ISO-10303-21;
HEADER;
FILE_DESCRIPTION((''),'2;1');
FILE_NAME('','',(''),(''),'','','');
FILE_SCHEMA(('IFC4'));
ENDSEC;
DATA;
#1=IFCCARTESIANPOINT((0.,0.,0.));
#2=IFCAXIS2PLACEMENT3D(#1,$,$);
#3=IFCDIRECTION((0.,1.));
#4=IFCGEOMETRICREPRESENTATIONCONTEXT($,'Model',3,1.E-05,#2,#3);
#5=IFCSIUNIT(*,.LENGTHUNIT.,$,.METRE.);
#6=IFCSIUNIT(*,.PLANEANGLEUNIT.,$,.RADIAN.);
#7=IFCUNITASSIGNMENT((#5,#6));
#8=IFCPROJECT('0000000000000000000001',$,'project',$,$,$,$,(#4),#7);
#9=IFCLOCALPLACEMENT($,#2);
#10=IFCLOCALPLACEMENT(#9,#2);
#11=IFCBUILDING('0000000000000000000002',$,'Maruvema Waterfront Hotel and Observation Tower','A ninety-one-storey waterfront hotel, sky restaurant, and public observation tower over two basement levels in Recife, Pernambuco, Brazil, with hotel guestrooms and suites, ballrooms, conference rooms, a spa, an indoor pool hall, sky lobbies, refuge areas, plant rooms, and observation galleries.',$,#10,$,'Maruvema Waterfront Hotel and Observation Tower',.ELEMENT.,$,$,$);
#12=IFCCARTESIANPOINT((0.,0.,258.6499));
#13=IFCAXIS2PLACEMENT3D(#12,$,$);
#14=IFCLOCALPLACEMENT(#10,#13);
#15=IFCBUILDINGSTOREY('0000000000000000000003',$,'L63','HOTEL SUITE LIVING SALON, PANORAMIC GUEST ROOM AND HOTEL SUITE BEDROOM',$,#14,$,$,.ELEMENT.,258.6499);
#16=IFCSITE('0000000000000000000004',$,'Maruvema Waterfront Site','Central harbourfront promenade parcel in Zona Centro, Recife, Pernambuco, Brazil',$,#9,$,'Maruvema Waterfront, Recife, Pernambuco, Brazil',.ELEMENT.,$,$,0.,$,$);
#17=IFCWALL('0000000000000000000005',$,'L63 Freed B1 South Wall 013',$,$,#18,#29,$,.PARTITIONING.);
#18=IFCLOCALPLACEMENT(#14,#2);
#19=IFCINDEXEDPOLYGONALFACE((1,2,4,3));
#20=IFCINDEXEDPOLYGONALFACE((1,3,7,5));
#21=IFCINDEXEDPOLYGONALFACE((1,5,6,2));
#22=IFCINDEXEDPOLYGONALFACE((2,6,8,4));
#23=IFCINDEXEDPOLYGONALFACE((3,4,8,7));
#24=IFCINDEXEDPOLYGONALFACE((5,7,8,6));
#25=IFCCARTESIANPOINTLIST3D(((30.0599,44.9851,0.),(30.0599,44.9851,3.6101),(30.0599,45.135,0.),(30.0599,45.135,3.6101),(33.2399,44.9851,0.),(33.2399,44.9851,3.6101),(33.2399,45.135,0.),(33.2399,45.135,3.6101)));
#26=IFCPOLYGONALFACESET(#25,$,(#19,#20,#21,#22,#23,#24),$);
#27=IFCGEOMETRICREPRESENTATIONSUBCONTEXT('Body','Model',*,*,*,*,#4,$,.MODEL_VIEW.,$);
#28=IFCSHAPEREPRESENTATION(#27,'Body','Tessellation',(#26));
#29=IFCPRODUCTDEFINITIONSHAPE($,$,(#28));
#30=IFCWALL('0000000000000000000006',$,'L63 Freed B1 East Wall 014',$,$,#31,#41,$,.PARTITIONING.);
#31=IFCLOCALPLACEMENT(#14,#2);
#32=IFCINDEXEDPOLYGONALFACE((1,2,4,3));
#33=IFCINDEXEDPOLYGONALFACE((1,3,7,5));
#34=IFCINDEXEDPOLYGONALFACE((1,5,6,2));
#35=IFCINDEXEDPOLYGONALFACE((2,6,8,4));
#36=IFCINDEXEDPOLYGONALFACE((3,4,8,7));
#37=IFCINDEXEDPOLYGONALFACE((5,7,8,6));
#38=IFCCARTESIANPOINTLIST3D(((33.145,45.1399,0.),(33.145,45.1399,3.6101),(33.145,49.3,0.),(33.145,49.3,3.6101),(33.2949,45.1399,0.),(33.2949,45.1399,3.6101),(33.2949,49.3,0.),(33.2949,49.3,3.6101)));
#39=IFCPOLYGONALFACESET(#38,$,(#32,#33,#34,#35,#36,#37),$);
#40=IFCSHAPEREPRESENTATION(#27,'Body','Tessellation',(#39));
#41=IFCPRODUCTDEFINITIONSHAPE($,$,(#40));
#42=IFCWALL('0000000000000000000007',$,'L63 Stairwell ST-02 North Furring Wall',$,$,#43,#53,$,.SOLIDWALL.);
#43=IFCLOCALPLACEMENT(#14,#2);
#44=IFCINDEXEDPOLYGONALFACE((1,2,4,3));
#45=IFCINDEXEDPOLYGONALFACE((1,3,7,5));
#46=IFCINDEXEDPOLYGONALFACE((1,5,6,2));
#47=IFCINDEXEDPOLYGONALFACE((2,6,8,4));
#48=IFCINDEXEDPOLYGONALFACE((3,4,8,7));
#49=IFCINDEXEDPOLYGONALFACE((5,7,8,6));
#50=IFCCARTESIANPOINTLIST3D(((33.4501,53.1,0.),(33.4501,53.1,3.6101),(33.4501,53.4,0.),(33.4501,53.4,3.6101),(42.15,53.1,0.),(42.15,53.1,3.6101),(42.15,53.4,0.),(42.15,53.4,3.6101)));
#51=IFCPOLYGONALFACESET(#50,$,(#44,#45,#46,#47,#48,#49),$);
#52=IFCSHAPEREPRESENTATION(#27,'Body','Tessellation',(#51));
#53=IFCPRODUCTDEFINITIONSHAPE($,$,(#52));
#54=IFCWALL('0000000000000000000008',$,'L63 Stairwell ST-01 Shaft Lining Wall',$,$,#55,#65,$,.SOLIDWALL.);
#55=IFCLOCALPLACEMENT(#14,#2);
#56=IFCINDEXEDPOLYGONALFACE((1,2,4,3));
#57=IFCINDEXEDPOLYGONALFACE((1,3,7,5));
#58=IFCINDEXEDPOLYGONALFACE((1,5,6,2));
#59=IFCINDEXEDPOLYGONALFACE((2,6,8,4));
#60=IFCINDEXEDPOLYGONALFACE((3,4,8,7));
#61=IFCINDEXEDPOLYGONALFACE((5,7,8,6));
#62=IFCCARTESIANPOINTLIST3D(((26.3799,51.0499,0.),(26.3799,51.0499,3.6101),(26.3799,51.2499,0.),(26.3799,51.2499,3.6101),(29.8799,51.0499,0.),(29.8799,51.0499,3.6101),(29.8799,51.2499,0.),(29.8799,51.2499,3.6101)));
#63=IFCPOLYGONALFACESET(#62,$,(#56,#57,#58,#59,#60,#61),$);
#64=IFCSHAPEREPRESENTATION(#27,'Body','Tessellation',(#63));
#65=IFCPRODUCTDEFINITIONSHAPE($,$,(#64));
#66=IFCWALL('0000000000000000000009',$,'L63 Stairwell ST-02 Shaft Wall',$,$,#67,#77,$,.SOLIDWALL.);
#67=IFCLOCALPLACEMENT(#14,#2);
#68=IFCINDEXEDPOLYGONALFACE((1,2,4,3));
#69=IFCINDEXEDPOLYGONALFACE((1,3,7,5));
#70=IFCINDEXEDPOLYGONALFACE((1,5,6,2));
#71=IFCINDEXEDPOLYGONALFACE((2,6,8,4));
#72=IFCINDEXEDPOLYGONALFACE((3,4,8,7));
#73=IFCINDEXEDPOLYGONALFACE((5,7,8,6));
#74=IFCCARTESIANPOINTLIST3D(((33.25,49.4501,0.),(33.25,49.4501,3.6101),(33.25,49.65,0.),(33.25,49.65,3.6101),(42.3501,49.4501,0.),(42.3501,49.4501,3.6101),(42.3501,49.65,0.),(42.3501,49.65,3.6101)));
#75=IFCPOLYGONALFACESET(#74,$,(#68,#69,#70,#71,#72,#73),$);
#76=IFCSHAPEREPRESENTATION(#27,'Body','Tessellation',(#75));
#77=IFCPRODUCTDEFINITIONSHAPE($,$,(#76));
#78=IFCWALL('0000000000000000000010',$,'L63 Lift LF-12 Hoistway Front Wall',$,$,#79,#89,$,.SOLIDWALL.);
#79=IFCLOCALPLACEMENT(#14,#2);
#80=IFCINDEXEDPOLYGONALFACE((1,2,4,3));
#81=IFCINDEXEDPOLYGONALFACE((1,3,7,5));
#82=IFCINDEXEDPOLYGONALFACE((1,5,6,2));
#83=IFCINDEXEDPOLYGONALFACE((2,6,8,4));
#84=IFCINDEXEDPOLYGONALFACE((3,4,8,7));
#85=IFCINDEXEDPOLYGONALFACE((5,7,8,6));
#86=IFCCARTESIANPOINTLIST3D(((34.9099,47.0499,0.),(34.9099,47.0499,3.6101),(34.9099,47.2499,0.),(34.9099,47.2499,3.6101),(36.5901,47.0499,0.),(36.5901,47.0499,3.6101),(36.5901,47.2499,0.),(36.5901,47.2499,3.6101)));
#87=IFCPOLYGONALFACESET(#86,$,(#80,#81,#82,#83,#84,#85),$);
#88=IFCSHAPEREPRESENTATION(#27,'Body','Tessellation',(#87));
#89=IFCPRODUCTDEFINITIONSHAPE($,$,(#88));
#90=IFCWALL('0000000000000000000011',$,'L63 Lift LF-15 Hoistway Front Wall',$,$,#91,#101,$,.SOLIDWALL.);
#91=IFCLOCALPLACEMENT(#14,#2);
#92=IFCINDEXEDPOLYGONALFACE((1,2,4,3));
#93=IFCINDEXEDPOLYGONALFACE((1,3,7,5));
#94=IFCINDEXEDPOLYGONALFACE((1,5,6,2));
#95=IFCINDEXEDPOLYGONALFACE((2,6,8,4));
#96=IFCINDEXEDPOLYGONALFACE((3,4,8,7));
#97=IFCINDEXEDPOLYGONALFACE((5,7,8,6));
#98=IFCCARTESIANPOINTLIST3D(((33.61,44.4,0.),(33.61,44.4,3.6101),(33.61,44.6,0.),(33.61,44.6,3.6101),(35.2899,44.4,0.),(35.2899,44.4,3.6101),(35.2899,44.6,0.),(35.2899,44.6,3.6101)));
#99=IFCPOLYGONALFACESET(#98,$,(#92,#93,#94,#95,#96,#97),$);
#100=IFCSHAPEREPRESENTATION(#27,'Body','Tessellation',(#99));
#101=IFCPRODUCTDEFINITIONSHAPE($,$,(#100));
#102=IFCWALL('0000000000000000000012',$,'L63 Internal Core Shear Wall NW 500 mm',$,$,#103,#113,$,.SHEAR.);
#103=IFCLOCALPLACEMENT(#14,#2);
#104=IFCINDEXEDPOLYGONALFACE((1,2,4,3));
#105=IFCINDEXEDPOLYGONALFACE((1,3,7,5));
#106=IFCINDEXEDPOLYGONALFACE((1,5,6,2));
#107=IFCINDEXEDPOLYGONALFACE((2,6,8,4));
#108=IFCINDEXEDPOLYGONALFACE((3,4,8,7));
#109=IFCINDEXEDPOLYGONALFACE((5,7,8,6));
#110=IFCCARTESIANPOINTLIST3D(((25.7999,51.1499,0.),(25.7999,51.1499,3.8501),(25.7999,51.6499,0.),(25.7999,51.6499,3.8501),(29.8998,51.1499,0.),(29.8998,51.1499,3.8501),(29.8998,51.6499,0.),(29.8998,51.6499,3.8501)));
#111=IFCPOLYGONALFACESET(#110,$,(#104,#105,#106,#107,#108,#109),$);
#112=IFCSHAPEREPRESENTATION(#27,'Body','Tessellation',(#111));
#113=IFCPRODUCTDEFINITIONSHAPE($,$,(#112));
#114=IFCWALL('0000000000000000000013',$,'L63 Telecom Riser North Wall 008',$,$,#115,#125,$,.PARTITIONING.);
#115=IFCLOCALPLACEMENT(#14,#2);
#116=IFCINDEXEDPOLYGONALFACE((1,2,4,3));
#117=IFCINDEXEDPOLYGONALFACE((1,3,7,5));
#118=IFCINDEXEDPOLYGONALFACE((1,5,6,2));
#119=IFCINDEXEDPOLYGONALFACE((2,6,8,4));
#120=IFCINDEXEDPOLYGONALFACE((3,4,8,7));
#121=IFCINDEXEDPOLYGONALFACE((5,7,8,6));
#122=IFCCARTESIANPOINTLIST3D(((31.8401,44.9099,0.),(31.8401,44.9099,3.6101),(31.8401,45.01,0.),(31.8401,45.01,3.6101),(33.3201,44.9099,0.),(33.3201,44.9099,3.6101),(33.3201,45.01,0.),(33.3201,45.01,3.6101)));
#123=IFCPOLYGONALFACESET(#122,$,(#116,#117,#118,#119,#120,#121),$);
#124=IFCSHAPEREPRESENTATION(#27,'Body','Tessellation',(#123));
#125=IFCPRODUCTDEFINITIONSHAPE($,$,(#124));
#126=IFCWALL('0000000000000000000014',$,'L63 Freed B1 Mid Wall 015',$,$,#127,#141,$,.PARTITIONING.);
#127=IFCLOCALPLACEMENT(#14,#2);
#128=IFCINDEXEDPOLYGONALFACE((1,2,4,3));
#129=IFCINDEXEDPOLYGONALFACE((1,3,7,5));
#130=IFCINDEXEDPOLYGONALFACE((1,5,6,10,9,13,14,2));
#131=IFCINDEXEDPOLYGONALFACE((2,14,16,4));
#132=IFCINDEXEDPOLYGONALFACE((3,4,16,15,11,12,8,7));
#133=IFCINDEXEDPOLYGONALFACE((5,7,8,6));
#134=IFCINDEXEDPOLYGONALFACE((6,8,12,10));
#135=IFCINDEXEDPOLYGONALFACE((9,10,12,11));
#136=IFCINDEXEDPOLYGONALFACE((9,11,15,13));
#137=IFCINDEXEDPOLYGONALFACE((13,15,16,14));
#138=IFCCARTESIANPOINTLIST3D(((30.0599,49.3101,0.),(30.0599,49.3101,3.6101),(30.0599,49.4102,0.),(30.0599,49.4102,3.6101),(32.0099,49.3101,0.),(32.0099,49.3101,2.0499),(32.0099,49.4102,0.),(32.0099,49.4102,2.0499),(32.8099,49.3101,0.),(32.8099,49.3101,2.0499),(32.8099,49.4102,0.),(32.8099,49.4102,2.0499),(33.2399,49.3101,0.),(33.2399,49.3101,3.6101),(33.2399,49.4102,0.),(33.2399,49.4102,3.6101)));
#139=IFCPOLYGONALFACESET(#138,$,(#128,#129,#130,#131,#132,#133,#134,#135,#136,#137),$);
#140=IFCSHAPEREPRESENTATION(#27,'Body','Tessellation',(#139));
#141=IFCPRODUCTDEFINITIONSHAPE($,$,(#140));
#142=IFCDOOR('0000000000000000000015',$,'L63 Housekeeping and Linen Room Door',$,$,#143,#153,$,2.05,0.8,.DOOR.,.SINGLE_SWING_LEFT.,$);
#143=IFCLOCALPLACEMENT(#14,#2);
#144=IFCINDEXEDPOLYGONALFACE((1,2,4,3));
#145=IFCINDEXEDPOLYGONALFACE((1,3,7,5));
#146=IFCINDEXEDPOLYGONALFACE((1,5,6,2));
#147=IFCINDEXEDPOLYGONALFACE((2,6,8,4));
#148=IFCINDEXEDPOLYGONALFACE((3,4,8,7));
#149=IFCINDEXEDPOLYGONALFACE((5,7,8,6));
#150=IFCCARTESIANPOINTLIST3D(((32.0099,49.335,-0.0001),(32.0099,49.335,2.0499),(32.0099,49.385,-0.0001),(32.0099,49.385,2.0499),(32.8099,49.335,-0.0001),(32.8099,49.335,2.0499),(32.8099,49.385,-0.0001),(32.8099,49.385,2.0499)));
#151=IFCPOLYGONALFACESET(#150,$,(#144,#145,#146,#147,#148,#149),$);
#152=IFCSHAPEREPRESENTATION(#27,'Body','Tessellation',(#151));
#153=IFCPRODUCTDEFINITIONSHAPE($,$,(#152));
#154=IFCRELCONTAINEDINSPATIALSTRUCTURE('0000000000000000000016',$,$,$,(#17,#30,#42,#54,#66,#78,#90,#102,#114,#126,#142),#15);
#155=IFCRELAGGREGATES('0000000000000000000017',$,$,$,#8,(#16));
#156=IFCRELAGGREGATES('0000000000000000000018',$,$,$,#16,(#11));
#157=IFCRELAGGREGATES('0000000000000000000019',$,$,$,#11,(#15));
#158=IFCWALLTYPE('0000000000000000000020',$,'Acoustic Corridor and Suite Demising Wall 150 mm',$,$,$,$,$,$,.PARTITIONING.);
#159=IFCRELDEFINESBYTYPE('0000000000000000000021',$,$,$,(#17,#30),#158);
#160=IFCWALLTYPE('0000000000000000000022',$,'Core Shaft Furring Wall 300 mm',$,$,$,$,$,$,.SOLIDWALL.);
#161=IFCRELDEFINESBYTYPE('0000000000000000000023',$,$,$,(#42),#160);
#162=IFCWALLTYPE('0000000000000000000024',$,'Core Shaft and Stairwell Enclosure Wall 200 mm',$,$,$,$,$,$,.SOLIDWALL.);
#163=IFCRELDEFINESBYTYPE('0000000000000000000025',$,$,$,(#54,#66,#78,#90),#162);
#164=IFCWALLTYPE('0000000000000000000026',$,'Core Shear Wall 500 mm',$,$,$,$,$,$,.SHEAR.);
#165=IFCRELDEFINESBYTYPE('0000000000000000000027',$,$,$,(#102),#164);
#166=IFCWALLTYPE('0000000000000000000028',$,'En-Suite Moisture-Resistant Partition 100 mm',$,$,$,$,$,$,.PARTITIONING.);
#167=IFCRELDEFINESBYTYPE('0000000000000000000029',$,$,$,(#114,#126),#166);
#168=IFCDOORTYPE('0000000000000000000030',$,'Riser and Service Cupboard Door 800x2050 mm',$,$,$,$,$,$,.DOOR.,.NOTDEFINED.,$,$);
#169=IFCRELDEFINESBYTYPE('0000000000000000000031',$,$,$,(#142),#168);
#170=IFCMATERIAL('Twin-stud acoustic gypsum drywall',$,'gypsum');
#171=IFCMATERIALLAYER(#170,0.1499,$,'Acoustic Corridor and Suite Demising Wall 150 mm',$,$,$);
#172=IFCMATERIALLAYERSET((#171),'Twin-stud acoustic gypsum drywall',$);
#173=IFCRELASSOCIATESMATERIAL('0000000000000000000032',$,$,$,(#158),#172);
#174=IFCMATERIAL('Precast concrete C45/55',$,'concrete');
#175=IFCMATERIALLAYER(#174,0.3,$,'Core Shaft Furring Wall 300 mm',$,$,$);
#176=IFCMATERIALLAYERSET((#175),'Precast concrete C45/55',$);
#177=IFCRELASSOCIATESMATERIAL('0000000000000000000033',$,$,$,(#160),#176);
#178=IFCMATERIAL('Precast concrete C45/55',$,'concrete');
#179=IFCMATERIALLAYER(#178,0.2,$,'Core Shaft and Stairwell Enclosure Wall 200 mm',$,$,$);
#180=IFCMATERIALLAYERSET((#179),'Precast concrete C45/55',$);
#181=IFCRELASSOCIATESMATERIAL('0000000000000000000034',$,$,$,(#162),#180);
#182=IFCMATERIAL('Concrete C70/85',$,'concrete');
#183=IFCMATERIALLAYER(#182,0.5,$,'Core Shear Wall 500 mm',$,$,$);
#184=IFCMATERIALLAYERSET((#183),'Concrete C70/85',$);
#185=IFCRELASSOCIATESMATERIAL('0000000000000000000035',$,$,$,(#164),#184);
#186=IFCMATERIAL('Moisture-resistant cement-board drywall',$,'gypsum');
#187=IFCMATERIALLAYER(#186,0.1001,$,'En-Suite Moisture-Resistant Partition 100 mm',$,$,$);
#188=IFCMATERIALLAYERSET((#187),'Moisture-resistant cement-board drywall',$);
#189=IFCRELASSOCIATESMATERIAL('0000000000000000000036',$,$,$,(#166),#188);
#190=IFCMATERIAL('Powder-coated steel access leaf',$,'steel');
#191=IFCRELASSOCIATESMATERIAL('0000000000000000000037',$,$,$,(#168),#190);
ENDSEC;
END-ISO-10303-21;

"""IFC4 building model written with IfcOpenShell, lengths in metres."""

from ifc_helpers import new_model, si_unit, direction, frame, frame_2d, origin, place, context, subcontext, project, spatial, rectangle, extrude, material, layer, layer_set, type_object, element, fill, save


model = new_model("IFC4")

# Units and contexts
model_context = context("Model", 3, precision=1e-05, world=origin(), true_north=direction((0.0, 1.0)))
body_context = subcontext(model_context, "Body", "Model", "MODEL_VIEW")
ifc_project = project(units=[si_unit("LENGTHUNIT", "METRE"), si_unit("PLANEANGLEUNIT", "RADIAN")], contexts=[model_context])

# Site, building, storey
site_placement = place(None, origin())
site = spatial("IfcSite", under=ifc_project, at=site_placement, Name="Maruvema Waterfront Site", Description="Central harbourfront promenade parcel in Zona Centro, Recife, Pernambuco, Brazil", LongName="Maruvema Waterfront, Recife, Pernambuco, Brazil", CompositionType="ELEMENT", RefElevation=0.0)
building_placement = place(site_placement, origin())
building = spatial("IfcBuilding", under=site, at=building_placement, Name="Maruvema Waterfront Hotel and Observation Tower", Description="A ninety-one-storey waterfront hotel, sky restaurant, and public observation tower over two basement levels in Recife, Pernambuco, Brazil, with hotel guestrooms and suites, ballrooms, conference rooms, a spa, an indoor pool hall, sky lobbies, refuge areas, plant rooms, and observation galleries.", LongName="Maruvema Waterfront Hotel and Observation Tower", CompositionType="ELEMENT")
storey_placement = place(building_placement, frame((0.0, 0.0, 258.6499)))
storey = spatial("IfcBuildingStorey", under=building, at=storey_placement, Name="L63", Description="HOTEL SUITE LIVING SALON, PANORAMIC GUEST ROOM AND HOTEL SUITE BEDROOM", CompositionType="ELEMENT", Elevation=258.6499)

# Walls
ifc_material_1 = material(Name="Twin-stud acoustic gypsum drywall", Category="gypsum")
ifc_layer_1 = layer(ifc_material_1, 0.1499, Name="Acoustic Corridor and Suite Demising Wall 150 mm")
ifc_layer_set_1 = layer_set([ifc_layer_1], Name="Twin-stud acoustic gypsum drywall")
wall_type_1 = type_object("IfcWallType", Name="Acoustic Corridor and Suite Demising Wall 150 mm", PredefinedType="PARTITIONING", material=ifc_layer_set_1)
wall_1_placement = place(storey_placement, frame((30.0601, 45.0601, 0.0), z_axis=(0.0, 0.0, 1.0), x_axis=(1.0, 0.0, 0.0)))
element("IfcWall", 1, at=wall_1_placement, inside=storey, type_object=wall_type_1, Name="L63 Freed B1 South Wall 013", PredefinedType="PARTITIONING", context=body_context, shape_type="SweptSolid", body=[
    extrude(rectangle(XDim=3.1799, YDim=0.1499, at=frame_2d((1.5898, 0.0))), origin(), (0.0, 0.0, 1.0), 3.6101),
])
wall_2_placement = place(storey_placement, frame((33.22, 45.1399, 0.0), z_axis=(0.0, 0.0, 1.0), x_axis=(0.0, 1.0, 0.0)))
element("IfcWall", 2, at=wall_2_placement, inside=storey, type_object=wall_type_1, Name="L63 Freed B1 East Wall 014", PredefinedType="PARTITIONING", context=body_context, shape_type="SweptSolid", body=[
    extrude(rectangle(XDim=4.1602, YDim=0.1499, at=frame_2d((2.0801, 0.0))), origin(), (0.0, 0.0, 1.0), 3.6101),
])
ifc_material_2 = material(Name="Precast concrete C45/55", Category="concrete")
ifc_layer_2 = layer(ifc_material_2, 0.3, Name="Core Shaft Furring Wall 300 mm")
ifc_layer_set_2 = layer_set([ifc_layer_2], Name="Precast concrete C45/55")
wall_type_2 = type_object("IfcWallType", Name="Core Shaft Furring Wall 300 mm", PredefinedType="SOLIDWALL", material=ifc_layer_set_2)
wall_3_placement = place(storey_placement, frame((33.45, 53.25, 0.0), z_axis=(0.0, 0.0, 1.0), x_axis=(1.0, 0.0, 0.0)))
element("IfcWall", 3, at=wall_3_placement, inside=storey, type_object=wall_type_2, Name="L63 Stairwell ST-02 North Furring Wall", PredefinedType="SOLIDWALL", context=body_context, shape_type="SweptSolid", body=[
    extrude(rectangle(XDim=8.7, YDim=0.3, at=frame_2d((4.3501, 0.0))), origin(), (0.0, 0.0, 1.0), 3.6101),
])
ifc_material_3 = material(Name="Precast concrete C45/55", Category="concrete")
ifc_layer_3 = layer(ifc_material_3, 0.2, Name="Core Shaft and Stairwell Enclosure Wall 200 mm")
ifc_layer_set_3 = layer_set([ifc_layer_3], Name="Precast concrete C45/55")
wall_type_3 = type_object("IfcWallType", Name="Core Shaft and Stairwell Enclosure Wall 200 mm", PredefinedType="SOLIDWALL", material=ifc_layer_set_3)
wall_4_placement = place(storey_placement, frame((26.3799, 51.1499, 0.0), z_axis=(0.0, 0.0, 1.0), x_axis=(1.0, 0.0, 0.0)))
element("IfcWall", 4, at=wall_4_placement, inside=storey, type_object=wall_type_3, Name="L63 Stairwell ST-01 Shaft Lining Wall", PredefinedType="SOLIDWALL", context=body_context, shape_type="SweptSolid", body=[
    extrude(rectangle(XDim=3.5, YDim=0.2, at=frame_2d((1.75, 0.0))), origin(), (0.0, 0.0, 1.0), 3.6101),
])
wall_5_placement = place(storey_placement, frame((33.25, 49.55, 0.0), z_axis=(0.0, 0.0, 1.0), x_axis=(1.0, 0.0, 0.0)))
element("IfcWall", 5, at=wall_5_placement, inside=storey, type_object=wall_type_3, Name="L63 Stairwell ST-02 Shaft Wall", PredefinedType="SOLIDWALL", context=body_context, shape_type="SweptSolid", body=[
    extrude(rectangle(XDim=9.1001, YDim=0.2, at=frame_2d((4.55, 0.0))), origin(), (0.0, 0.0, 1.0), 3.6101),
])

# Walls
wall_6_placement = place(storey_placement, frame((34.9099, 47.1499, 0.0), z_axis=(0.0, 0.0, 1.0), x_axis=(1.0, 0.0, 0.0)))
element("IfcWall", 6, at=wall_6_placement, inside=storey, type_object=wall_type_3, Name="L63 Lift LF-12 Hoistway Front Wall", PredefinedType="SOLIDWALL", context=body_context, shape_type="SweptSolid", body=[
    extrude(rectangle(XDim=1.6802, YDim=0.2, at=frame_2d((0.8401, 0.0))), origin(), (0.0, 0.0, 1.0), 3.6101),
])
wall_7_placement = place(storey_placement, frame((33.6101, 44.5, 0.0), z_axis=(0.0, 0.0, 1.0), x_axis=(1.0, 0.0, 0.0)))
element("IfcWall", 7, at=wall_7_placement, inside=storey, type_object=wall_type_3, Name="L63 Lift LF-15 Hoistway Front Wall", PredefinedType="SOLIDWALL", context=body_context, shape_type="SweptSolid", body=[
    extrude(rectangle(XDim=1.6799, YDim=0.2, at=frame_2d((0.8398, 0.0))), origin(), (0.0, 0.0, 1.0), 3.6101),
])
ifc_material_4 = material(Name="Concrete C70/85", Category="concrete")
ifc_layer_4 = layer(ifc_material_4, 0.5, Name="Core Shear Wall 500 mm")
ifc_layer_set_4 = layer_set([ifc_layer_4], Name="Concrete C70/85")
wall_type_4 = type_object("IfcWallType", Name="Core Shear Wall 500 mm", PredefinedType="SHEAR", material=ifc_layer_set_4)
wall_8_placement = place(storey_placement, frame((25.8, 51.3999, 0.0), z_axis=(0.0, 0.0, 1.0), x_axis=(1.0, 0.0, 0.0)))
element("IfcWall", 8, at=wall_8_placement, inside=storey, type_object=wall_type_4, Name="L63 Internal Core Shear Wall NW 500 mm", PredefinedType="SHEAR", context=body_context, shape_type="SweptSolid", body=[
    extrude(rectangle(XDim=4.0999, YDim=0.5, at=frame_2d((2.0498, 0.0))), origin(), (0.0, 0.0, 1.0), 3.8501),
])
ifc_material_5 = material(Name="Moisture-resistant cement-board drywall", Category="gypsum")
ifc_layer_5 = layer(ifc_material_5, 0.1001, Name="En-Suite Moisture-Resistant Partition 100 mm")
ifc_layer_set_5 = layer_set([ifc_layer_5], Name="Moisture-resistant cement-board drywall")
wall_type_5 = type_object("IfcWallType", Name="En-Suite Moisture-Resistant Partition 100 mm", PredefinedType="PARTITIONING", material=ifc_layer_set_5)
wall_9_placement = place(storey_placement, frame((31.8401, 44.96, 0.0), z_axis=(0.0, 0.0, 1.0), x_axis=(1.0, 0.0, 0.0)))
element("IfcWall", 9, at=wall_9_placement, inside=storey, type_object=wall_type_5, Name="L63 Telecom Riser North Wall 008", PredefinedType="PARTITIONING", context=body_context, shape_type="SweptSolid", body=[
    extrude(rectangle(XDim=1.48, YDim=0.1001, at=frame_2d((0.74, 0.0))), origin(), (0.0, 0.0, 1.0), 3.6101),
])

# Wall, opening, door
wall_10_placement = place(storey_placement, frame((30.0601, 49.3601, 0.0), z_axis=(0.0, 0.0, 1.0), x_axis=(1.0, 0.0, 0.0)))
wall_10 = element("IfcWall", 10, at=wall_10_placement, inside=storey, type_object=wall_type_5, Name="L63 Freed B1 Mid Wall 015", PredefinedType="PARTITIONING", context=body_context, shape_type="SweptSolid", body=[
    extrude(rectangle(XDim=3.1799, YDim=0.1001, at=frame_2d((1.5898, 0.0))), origin(), (0.0, 0.0, 1.0), 3.6101),
])
opening_1_placement = place(wall_10_placement, frame((1.95, 0.0, 0.0)))
opening_1 = element("IfcOpeningElement", 11, at=opening_1_placement, cuts=wall_10, PredefinedType="OPENING", context=body_context, shape_type="SweptSolid", body=[
    extrude(rectangle(XDim=0.8, YDim=2.05, at=frame_2d((0.3999, 1.0249))), frame((0.0, 0.0601, 0.0), z_axis=(0.0, -1.0, 0.0), x_axis=(1.0, 0.0, 0.0)), (0.0, 0.0, 1.0), 0.1201),
])
ifc_material_6 = material(Name="Powder-coated steel access leaf", Category="steel")
door_type_1 = type_object("IfcDoorType", Name="Riser and Service Cupboard Door 800x2050 mm", OperationType="NOTDEFINED", PredefinedType="DOOR", material=ifc_material_6)
door_1_placement = place(opening_1_placement, origin())
door_1 = element("IfcDoor", 12, at=door_1_placement, inside=storey, type_object=door_type_1, Name="L63 Housekeeping and Linen Room Door", OperationType="SINGLE_SWING_LEFT", OverallHeight=2.05, OverallWidth=0.8, PredefinedType="DOOR", context=body_context, shape_type="SweptSolid", body=[
    extrude(rectangle(XDim=0.8, YDim=2.05, at=frame_2d((0.3999, 1.0249))), frame((0.0, 0.0249, 0.0), z_axis=(0.0, -1.0, 0.0), x_axis=(1.0, 0.0, 0.0)), (0.0, 0.0, 1.0), 0.05),
])
fill(opening_1, door_1)

save(model, "model.ifc")
